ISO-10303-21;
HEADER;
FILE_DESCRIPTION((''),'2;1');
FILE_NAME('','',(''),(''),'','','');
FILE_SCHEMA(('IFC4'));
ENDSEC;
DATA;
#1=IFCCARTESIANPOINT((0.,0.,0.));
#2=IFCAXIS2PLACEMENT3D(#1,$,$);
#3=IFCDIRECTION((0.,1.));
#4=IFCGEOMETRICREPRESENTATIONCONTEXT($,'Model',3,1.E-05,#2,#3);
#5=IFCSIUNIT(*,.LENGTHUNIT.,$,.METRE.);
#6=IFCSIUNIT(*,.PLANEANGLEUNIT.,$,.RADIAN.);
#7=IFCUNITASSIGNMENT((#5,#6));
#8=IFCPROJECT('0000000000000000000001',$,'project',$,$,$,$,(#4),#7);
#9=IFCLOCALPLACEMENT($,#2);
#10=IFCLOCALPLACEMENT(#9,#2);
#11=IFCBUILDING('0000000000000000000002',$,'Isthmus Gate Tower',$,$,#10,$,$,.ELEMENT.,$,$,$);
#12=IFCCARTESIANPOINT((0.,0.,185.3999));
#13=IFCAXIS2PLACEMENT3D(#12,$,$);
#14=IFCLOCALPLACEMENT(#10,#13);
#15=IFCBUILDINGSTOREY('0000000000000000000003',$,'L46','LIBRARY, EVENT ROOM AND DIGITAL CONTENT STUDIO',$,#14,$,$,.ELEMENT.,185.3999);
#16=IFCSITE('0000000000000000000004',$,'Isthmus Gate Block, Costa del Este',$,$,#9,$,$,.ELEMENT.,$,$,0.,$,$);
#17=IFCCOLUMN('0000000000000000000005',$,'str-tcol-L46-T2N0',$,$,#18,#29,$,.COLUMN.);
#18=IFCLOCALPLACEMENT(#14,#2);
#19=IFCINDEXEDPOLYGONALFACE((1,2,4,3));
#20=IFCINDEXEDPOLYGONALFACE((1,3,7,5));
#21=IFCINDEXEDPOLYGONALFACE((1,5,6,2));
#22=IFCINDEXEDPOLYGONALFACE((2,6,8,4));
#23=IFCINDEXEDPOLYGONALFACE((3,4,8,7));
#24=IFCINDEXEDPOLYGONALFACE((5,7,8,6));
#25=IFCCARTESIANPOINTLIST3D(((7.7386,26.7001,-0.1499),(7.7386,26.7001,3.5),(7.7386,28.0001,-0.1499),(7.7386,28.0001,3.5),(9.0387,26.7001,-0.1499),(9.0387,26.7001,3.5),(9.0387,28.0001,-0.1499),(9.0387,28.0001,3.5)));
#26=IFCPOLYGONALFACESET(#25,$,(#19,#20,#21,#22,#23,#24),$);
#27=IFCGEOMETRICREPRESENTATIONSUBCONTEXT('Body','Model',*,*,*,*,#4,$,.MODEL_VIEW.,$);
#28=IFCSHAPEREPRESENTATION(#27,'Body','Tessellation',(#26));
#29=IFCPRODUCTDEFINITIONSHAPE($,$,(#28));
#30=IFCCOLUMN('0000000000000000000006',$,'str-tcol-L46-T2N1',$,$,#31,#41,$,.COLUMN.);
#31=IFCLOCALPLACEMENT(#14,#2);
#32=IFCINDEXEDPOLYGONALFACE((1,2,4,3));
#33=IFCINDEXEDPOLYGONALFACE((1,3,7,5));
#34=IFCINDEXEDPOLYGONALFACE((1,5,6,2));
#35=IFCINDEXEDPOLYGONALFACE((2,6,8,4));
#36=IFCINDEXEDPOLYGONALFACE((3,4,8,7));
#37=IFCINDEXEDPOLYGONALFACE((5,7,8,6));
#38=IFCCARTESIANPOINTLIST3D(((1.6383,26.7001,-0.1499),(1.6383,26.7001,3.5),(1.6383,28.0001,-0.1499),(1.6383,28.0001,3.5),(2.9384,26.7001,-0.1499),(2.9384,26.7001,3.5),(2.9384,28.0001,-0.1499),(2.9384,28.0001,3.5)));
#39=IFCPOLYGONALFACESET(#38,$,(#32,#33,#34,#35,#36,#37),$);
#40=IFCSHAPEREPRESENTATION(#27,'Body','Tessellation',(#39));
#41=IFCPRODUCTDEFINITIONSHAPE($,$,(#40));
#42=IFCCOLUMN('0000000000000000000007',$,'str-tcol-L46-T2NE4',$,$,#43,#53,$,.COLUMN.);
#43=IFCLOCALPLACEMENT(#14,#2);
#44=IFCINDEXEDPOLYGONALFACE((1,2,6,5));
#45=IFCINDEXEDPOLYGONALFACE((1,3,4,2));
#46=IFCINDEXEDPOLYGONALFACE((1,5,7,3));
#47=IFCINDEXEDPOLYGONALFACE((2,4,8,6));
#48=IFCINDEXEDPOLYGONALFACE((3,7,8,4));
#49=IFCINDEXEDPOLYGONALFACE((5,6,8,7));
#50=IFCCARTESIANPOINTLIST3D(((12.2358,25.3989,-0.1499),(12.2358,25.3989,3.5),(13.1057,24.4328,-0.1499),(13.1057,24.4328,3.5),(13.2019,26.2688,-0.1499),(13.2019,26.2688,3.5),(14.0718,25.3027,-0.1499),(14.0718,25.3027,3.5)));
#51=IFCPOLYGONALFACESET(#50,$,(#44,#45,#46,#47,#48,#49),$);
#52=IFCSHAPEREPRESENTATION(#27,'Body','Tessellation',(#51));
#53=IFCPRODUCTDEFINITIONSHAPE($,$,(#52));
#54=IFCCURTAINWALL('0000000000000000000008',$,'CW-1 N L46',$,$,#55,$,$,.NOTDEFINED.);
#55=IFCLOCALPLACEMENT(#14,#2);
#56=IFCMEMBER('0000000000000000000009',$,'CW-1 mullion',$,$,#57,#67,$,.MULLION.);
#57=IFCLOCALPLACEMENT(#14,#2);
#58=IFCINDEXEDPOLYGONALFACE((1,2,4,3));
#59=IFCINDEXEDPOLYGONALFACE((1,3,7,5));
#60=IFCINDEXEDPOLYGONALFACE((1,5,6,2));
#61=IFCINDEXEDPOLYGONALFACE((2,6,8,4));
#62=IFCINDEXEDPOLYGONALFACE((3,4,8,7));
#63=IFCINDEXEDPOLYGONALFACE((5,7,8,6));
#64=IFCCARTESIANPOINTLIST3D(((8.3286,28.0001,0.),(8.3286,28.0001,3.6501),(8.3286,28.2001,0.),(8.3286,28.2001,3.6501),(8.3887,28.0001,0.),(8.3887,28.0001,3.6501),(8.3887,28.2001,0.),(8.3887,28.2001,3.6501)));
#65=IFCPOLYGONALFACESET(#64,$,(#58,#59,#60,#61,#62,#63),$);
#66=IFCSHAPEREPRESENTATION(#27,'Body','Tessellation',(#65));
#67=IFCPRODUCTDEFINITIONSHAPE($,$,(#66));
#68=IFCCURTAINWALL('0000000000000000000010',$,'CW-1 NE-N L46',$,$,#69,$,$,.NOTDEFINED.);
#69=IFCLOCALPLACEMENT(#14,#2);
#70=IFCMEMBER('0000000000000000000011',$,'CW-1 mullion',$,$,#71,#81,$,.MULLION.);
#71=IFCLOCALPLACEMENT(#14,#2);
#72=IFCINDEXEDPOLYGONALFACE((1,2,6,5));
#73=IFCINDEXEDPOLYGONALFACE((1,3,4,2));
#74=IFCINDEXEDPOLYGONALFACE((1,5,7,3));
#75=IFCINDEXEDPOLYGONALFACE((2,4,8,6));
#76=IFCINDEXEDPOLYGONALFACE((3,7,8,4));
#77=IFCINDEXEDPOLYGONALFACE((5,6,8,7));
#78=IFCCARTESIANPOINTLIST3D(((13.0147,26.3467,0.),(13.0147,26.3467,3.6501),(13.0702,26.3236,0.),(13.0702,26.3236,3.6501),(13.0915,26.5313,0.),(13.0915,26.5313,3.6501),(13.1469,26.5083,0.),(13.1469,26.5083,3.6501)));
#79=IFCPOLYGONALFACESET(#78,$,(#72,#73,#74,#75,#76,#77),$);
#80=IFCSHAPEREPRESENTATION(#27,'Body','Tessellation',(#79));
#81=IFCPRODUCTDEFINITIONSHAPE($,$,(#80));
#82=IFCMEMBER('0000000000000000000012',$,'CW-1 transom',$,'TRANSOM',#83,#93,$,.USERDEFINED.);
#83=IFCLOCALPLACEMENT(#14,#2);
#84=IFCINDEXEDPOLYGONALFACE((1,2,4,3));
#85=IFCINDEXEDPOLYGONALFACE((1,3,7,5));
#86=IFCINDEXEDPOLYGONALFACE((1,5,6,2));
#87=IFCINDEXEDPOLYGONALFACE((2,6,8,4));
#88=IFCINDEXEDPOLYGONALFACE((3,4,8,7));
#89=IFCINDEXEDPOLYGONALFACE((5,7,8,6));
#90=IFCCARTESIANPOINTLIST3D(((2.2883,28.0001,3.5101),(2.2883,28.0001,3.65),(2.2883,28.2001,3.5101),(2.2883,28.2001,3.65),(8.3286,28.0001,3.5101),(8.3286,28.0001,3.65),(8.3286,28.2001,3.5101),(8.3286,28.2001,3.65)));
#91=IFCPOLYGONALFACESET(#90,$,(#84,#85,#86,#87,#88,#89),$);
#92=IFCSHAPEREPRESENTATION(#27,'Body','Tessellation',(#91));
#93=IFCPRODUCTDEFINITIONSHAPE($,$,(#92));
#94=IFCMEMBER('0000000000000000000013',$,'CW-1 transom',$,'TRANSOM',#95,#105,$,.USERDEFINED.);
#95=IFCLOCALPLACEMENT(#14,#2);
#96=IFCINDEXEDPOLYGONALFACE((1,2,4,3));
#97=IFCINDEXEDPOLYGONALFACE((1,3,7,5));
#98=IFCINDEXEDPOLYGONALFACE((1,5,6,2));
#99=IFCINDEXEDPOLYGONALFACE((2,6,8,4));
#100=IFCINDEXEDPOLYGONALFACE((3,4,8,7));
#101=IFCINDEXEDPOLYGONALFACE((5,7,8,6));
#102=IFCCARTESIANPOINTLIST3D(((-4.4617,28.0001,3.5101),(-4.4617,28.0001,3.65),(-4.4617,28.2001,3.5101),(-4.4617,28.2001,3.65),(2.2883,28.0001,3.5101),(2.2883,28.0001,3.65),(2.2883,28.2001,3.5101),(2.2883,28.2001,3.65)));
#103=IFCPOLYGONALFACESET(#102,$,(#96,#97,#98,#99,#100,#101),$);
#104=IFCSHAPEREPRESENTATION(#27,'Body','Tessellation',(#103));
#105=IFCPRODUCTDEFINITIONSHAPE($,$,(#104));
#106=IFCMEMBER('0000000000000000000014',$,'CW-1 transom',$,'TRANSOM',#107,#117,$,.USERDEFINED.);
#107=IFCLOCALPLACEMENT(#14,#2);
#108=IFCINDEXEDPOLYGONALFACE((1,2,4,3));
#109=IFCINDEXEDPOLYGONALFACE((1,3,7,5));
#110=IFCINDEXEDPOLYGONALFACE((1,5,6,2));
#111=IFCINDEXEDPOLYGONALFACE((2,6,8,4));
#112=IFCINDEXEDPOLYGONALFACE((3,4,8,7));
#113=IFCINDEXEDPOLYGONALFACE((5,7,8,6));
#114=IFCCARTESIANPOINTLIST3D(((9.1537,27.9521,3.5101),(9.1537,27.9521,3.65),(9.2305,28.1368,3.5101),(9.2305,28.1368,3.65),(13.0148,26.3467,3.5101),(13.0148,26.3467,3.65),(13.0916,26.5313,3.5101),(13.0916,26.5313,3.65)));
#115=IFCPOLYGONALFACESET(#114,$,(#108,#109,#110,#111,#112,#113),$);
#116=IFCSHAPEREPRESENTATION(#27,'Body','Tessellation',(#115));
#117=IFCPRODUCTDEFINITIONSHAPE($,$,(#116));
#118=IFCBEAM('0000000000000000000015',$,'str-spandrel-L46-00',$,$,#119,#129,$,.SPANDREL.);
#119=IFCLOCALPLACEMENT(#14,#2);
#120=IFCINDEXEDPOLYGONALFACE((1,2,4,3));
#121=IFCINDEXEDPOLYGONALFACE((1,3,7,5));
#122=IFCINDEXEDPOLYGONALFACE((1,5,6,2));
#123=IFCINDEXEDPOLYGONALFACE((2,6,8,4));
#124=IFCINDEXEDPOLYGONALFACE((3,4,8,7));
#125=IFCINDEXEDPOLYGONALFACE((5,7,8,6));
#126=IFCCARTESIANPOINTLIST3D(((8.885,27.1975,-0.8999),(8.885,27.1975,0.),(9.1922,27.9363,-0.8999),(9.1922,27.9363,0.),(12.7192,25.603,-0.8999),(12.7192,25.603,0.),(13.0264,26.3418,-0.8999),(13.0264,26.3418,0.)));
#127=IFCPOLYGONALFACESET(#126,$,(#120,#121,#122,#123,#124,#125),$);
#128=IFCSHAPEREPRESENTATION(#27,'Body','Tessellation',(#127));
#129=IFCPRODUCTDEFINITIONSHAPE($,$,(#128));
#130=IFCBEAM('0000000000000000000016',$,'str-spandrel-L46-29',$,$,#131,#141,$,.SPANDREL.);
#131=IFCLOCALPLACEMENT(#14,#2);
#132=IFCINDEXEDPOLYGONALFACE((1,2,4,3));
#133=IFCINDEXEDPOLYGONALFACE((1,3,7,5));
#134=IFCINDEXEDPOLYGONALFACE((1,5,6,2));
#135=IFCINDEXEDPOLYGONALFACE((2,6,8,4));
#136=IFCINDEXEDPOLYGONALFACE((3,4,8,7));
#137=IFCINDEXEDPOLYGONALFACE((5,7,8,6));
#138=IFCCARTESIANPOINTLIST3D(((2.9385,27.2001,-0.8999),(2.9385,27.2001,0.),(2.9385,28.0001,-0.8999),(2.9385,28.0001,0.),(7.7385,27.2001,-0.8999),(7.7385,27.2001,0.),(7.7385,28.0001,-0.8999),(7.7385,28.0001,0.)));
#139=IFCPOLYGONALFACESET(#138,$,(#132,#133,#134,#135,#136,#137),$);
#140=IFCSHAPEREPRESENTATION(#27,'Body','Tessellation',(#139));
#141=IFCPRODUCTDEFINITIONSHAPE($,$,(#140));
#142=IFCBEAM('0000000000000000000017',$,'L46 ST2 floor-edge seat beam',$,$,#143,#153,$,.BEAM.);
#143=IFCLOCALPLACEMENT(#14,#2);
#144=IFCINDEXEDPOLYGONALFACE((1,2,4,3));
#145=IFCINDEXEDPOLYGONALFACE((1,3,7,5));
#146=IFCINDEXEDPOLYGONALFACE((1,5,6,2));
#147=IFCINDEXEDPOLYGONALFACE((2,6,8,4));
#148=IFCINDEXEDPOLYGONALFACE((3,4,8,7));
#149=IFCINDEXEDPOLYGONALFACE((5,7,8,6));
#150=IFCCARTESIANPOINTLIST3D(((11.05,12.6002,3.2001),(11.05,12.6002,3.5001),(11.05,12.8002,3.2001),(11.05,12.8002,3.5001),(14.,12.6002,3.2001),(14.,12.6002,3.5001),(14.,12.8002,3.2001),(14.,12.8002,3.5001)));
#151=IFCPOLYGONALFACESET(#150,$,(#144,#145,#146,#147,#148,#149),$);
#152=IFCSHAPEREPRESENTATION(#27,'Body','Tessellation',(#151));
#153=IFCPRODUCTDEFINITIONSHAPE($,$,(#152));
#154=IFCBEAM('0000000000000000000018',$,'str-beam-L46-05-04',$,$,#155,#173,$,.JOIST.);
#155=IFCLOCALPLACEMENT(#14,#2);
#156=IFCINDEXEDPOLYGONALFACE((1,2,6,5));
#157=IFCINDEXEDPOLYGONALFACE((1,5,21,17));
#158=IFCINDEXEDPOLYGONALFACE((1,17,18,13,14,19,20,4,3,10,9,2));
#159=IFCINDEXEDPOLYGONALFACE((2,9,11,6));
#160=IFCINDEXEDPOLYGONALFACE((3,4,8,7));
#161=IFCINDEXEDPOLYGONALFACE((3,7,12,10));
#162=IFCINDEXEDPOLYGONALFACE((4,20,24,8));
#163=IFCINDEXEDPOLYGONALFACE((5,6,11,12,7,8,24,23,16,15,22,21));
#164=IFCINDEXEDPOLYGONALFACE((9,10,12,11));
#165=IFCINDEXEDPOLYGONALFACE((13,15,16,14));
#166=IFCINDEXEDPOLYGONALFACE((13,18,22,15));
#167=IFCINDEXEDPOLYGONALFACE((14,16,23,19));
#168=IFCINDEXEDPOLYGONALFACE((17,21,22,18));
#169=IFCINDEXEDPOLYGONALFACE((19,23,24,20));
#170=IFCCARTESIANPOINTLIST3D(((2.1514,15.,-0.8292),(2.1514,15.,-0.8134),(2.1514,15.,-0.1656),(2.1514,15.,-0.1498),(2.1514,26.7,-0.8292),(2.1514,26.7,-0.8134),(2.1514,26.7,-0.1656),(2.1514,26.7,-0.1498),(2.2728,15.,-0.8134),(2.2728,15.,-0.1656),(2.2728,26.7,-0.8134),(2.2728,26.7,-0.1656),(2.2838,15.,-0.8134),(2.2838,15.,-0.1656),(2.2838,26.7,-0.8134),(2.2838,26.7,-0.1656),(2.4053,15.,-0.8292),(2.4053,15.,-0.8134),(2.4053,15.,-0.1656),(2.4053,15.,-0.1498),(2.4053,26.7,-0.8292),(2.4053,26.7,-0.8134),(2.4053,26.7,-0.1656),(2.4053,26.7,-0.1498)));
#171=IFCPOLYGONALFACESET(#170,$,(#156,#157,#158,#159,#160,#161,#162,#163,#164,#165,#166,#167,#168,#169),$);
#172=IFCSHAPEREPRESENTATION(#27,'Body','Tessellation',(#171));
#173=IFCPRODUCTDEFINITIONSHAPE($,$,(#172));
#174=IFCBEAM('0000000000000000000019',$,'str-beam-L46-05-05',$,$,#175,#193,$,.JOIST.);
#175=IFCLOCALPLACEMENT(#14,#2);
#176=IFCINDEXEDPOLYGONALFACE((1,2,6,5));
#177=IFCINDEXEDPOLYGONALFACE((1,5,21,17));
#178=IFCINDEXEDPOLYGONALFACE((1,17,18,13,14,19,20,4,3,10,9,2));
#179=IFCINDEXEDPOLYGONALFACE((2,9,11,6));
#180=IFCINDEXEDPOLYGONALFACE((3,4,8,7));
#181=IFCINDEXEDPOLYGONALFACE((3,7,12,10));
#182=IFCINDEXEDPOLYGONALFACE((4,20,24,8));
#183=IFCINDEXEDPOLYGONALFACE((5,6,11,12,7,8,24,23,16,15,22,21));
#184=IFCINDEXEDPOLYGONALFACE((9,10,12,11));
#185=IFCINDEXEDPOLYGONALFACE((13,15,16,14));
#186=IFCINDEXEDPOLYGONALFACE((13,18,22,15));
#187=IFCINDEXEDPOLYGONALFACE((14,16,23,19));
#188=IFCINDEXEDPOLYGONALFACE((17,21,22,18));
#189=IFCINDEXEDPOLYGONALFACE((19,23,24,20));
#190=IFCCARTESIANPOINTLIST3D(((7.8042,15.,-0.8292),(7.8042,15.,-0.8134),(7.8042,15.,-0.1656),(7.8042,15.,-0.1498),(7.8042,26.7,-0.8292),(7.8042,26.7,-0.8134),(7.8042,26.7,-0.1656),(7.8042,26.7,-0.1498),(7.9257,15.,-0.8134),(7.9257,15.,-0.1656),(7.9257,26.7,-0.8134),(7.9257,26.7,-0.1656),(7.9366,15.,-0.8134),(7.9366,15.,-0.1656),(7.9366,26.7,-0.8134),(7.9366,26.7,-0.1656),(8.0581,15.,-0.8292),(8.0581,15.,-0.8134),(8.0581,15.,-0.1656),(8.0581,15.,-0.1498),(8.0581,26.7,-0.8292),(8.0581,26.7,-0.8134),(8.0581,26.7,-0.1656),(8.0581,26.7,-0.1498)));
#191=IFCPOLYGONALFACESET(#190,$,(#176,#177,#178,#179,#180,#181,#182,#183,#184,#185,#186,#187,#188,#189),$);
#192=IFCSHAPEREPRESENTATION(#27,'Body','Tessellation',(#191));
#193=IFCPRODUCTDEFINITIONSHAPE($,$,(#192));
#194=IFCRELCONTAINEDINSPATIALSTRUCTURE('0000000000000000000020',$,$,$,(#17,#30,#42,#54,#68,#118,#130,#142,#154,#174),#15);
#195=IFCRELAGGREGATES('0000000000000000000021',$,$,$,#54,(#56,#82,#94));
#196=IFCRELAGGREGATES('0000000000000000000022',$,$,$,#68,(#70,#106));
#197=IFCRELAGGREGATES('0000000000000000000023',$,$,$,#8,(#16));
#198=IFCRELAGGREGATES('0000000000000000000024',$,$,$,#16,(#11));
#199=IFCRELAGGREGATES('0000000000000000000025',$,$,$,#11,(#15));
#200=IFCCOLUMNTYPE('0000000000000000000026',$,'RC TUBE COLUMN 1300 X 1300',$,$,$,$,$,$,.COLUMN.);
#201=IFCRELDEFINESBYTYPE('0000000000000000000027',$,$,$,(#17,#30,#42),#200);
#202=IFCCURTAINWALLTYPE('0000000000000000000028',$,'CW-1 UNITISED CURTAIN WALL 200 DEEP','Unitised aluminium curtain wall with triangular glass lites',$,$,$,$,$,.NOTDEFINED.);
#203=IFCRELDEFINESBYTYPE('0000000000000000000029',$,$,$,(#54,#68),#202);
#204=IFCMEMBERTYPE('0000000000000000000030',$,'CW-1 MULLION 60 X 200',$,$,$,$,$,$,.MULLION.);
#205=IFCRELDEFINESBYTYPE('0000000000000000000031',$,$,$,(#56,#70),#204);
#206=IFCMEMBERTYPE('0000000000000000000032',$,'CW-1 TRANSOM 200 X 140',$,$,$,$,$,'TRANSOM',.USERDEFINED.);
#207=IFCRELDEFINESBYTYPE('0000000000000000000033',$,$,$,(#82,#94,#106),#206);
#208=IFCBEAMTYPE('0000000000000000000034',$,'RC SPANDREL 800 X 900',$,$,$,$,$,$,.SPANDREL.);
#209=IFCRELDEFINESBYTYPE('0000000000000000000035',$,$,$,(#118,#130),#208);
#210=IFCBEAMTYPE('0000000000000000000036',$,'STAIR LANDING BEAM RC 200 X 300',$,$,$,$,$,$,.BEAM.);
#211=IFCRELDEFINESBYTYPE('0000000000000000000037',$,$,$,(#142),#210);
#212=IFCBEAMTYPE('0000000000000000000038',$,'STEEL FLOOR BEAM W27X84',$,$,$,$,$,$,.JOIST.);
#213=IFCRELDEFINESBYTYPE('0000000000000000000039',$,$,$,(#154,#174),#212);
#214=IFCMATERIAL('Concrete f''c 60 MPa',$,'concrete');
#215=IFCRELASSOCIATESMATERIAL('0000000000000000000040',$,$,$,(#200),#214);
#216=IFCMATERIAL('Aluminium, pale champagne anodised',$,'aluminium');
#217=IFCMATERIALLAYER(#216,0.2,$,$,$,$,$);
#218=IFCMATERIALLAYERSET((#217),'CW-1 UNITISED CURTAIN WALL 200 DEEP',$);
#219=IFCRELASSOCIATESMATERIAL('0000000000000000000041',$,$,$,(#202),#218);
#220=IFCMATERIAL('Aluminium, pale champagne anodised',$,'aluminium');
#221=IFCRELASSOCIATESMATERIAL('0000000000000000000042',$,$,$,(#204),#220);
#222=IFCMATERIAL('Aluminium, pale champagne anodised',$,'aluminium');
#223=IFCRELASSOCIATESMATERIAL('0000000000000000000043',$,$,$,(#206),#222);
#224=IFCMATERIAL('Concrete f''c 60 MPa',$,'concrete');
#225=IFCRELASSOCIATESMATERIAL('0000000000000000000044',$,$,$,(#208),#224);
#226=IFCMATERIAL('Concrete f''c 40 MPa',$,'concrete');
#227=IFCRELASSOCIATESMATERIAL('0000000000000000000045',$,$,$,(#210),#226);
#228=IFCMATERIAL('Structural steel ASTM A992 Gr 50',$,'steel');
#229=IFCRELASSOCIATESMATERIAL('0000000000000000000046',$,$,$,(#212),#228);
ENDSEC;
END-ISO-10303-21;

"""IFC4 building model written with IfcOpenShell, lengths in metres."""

from ifc_helpers import new_model, si_unit, direction, frame, origin, origin_2d, place, context, subcontext, project, spatial, rectangle, i_section, extrude, material, layer, layer_set, material_profile, profile_set, type_object, element, aggregate, save


model = new_model("IFC4")

# Units and contexts
model_context = context("Model", 3, precision=1e-05, world=origin(), true_north=direction((0.0, 1.0)))
body_context = subcontext(model_context, "Body", "Model", "MODEL_VIEW")
ifc_project = project(units=[si_unit("LENGTHUNIT", "METRE"), si_unit("PLANEANGLEUNIT", "RADIAN")], contexts=[model_context])

# Site, building, storey
site_placement = place(None, origin())
site = spatial("IfcSite", under=ifc_project, at=site_placement, Name="Isthmus Gate Block, Costa del Este", CompositionType="ELEMENT", RefElevation=0.0)
building_placement = place(site_placement, origin())
building = spatial("IfcBuilding", under=site, at=building_placement, Name="Isthmus Gate Tower", CompositionType="ELEMENT")
storey_placement = place(building_placement, frame((0.0, 0.0, 185.3999)))
storey = spatial("IfcBuildingStorey", under=building, at=storey_placement, Name="L46", Description="LIBRARY, EVENT ROOM AND DIGITAL CONTENT STUDIO", CompositionType="ELEMENT", Elevation=185.3999)

# Columns
ifc_material_1 = material(Name="Concrete f'c 60 MPa", Category="concrete")
ifc_material_profile_1 = material_profile(ifc_material_1, rectangle(XDim=1.3, YDim=1.3, at=origin_2d()), Name="RC 1300X1300")
ifc_profile_set_1 = profile_set([ifc_material_profile_1], Name="Concrete f'c 60 MPa")
column_type = type_object("IfcColumnType", Name="RC TUBE COLUMN 1300 X 1300", PredefinedType="COLUMN", material=ifc_profile_set_1)
for number, where, z_axis, x_axis, name in (
    (1, (8.3887, 27.3501, -0.1499), (0.0, 0.0, 1.0), (-1.0, 0.0, 0.0), "str-tcol-L46-T2N0"),
    (2, (2.2883, 27.3501, -0.1499), (0.0, 0.0, 1.0), (-1.0, 0.0, 0.0), "str-tcol-L46-T2N1"),
    (3, (13.1538, 25.3508, -0.1499), (0.0, 0.0, 1.0), (-0.669131, 0.743145, 0.0), "str-tcol-L46-T2NE4"),
):
    element("IfcColumn", number, at=place(storey_placement, frame(where, z_axis=z_axis, x_axis=x_axis)), inside=storey, type_object=column_type, Name=name, PredefinedType="COLUMN", context=body_context, shape_type="SweptSolid", body=[
        extrude(rectangle(XDim=1.3, YDim=1.3, at=origin_2d()), origin(), (0.0, 0.0, 1.0), 3.6499),
    ])

# Curtain walls, members
ifc_material_2 = material(Name="Aluminium, pale champagne anodised", Category="aluminium")
ifc_layer_1 = layer(ifc_material_2, 0.2)
ifc_layer_set_1 = layer_set([ifc_layer_1], Name="CW-1 UNITISED CURTAIN WALL 200 DEEP")
curtain_wall_type = type_object("IfcCurtainWallType", Name="CW-1 UNITISED CURTAIN WALL 200 DEEP", Description="Unitised aluminium curtain wall with triangular glass lites", PredefinedType="NOTDEFINED", material=ifc_layer_set_1)
curtain_wall_1_placement = place(storey_placement, origin())
curtain_wall_1 = element("IfcCurtainWall", 4, at=curtain_wall_1_placement, inside=storey, type_object=curtain_wall_type, Name="CW-1 N L46", PredefinedType="NOTDEFINED")
ifc_material_3 = material(Name="Aluminium, pale champagne anodised", Category="aluminium")
ifc_material_profile_2 = material_profile(ifc_material_3, rectangle(XDim=0.0601, YDim=0.2, at=origin_2d()), Name="60x200")
ifc_profile_set_2 = profile_set([ifc_material_profile_2], Name="Aluminium, pale champagne anodised")
member_type_1 = type_object("IfcMemberType", Name="CW-1 MULLION 60 X 200", PredefinedType="MULLION", material=ifc_profile_set_2)
member_1_placement = place(storey_placement, frame((8.3586, 28.1001, 0.0), z_axis=(0.0, 0.0, 1.0), x_axis=(-1.0, 0.0, 0.0)))
member_1 = element("IfcMember", 5, at=member_1_placement, type_object=member_type_1, Name="CW-1 mullion", PredefinedType="MULLION", context=body_context, shape_type="SweptSolid", body=[
    extrude(rectangle(XDim=0.0601, YDim=0.2, at=origin_2d()), origin(), (0.0, 0.0, 1.0), 3.6501),
])
curtain_wall_2_placement = place(storey_placement, origin())
curtain_wall_2 = element("IfcCurtainWall", 6, at=curtain_wall_2_placement, inside=storey, type_object=curtain_wall_type, Name="CW-1 NE-N L46", PredefinedType="NOTDEFINED")
member_2_placement = place(storey_placement, frame((13.0808, 26.4275, 0.0), z_axis=(0.0, 0.0, 1.0), x_axis=(-0.923353, 0.383952, 0.0)))
member_2 = element("IfcMember", 7, at=member_2_placement, type_object=member_type_1, Name="CW-1 mullion", PredefinedType="MULLION", context=body_context, shape_type="SweptSolid", body=[
    extrude(rectangle(XDim=0.0601, YDim=0.2, at=origin_2d()), origin(), (0.0, 0.0, 1.0), 3.6501),
])

# Members
ifc_material_4 = material(Name="Aluminium, pale champagne anodised", Category="aluminium")
ifc_material_profile_3 = material_profile(ifc_material_4, rectangle(XDim=0.2, YDim=0.1399, at=origin_2d()), Name="200x140")
ifc_profile_set_3 = profile_set([ifc_material_profile_3], Name="Aluminium, pale champagne anodised")
member_type_2 = type_object("IfcMemberType", Name="CW-1 TRANSOM 200 X 140", ElementType="TRANSOM", PredefinedType="USERDEFINED", material=ifc_profile_set_3)
member_3_placement = place(storey_placement, frame((8.3286, 28.1001, 3.5801), z_axis=(-1.0, 0.0, 0.0), x_axis=(0.0, -1.0, 0.0)))
member_3 = element("IfcMember", 8, at=member_3_placement, type_object=member_type_2, Name="CW-1 transom", ObjectType="TRANSOM", PredefinedType="USERDEFINED", context=body_context, shape_type="SweptSolid", body=[
    extrude(rectangle(XDim=0.2, YDim=0.1399, at=origin_2d()), origin(), (0.0, 0.0, 1.0), 6.0403),
])
member_4_placement = place(storey_placement, frame((2.2883, 28.1001, 3.5801), z_axis=(-1.0, 0.0, 0.0), x_axis=(0.0, -1.0, 0.0)))
member_4 = element("IfcMember", 9, at=member_4_placement, type_object=member_type_2, Name="CW-1 transom", ObjectType="TRANSOM", PredefinedType="USERDEFINED", context=body_context, shape_type="SweptSolid", body=[
    extrude(rectangle(XDim=0.2, YDim=0.1399, at=origin_2d()), origin(), (0.0, 0.0, 1.0), 6.75),
])
member_5_placement = place(storey_placement, frame((13.0532, 26.439, 3.5801), z_axis=(-0.923358, 0.38394, 0.0), x_axis=(-0.38394, -0.923358, 0.0)))
member_5 = element("IfcMember", 10, at=member_5_placement, type_object=member_type_2, Name="CW-1 transom", ObjectType="TRANSOM", PredefinedType="USERDEFINED", context=body_context, shape_type="SweptSolid", body=[
    extrude(rectangle(XDim=0.2, YDim=0.1399, at=origin_2d()), origin(), (0.0, 0.0, 1.0), 4.1816),
])

# Beams
ifc_material_5 = material(Name="Concrete f'c 60 MPa", Category="concrete")
ifc_material_profile_4 = material_profile(ifc_material_5, rectangle(XDim=0.8, YDim=0.8999, at=origin_2d()), Name="RC 800X900")
ifc_profile_set_4 = profile_set([ifc_material_profile_4], Name="Concrete f'c 60 MPa")
beam_type_1 = type_object("IfcBeamType", Name="RC SPANDREL 800 X 900", PredefinedType="SPANDREL", material=ifc_profile_set_4)
beam_1_placement = place(storey_placement, frame((9.0386, 27.5669, -0.45), z_axis=(0.923343, -0.383977, 0.0), x_axis=(0.383977, 0.923343, 0.0)))
element("IfcBeam", 11, at=beam_1_placement, inside=storey, type_object=beam_type_1, Name="str-spandrel-L46-00", PredefinedType="SPANDREL", context=body_context, shape_type="SweptSolid", body=[
    extrude(rectangle(XDim=0.8, YDim=0.8999, at=origin_2d()), origin(), (0.0, 0.0, 1.0), 4.1526),
])
beam_2_placement = place(storey_placement, frame((2.9385, 27.6001, -0.45), z_axis=(1.0, 0.0, 0.0), x_axis=(0.0, 1.0, 0.0)))
element("IfcBeam", 12, at=beam_2_placement, inside=storey, type_object=beam_type_1, Name="str-spandrel-L46-29", PredefinedType="SPANDREL", context=body_context, shape_type="SweptSolid", body=[
    extrude(rectangle(XDim=0.8, YDim=0.8999, at=origin_2d()), origin(), (0.0, 0.0, 1.0), 4.8),
])
ifc_material_6 = material(Name="Concrete f'c 40 MPa", Category="concrete")
ifc_material_profile_5 = material_profile(ifc_material_6, rectangle(XDim=0.2, YDim=0.3, at=origin_2d()), Name="STAIR LANDING BEAM RC 200 X 300")
ifc_profile_set_5 = profile_set([ifc_material_profile_5], Name="Concrete f'c 40 MPa")
beam_type_2 = type_object("IfcBeamType", Name="STAIR LANDING BEAM RC 200 X 300", PredefinedType="BEAM", material=ifc_profile_set_5)
beam_3_placement = place(storey_placement, frame((11.05, 12.7002, 3.3501), z_axis=(1.0, 0.0, 0.0), x_axis=(0.0, 1.0, 0.0)))
element("IfcBeam", 13, at=beam_3_placement, inside=storey, type_object=beam_type_2, Name="L46 ST2 floor-edge seat beam", PredefinedType="BEAM", context=body_context, shape_type="SweptSolid", body=[
    extrude(rectangle(XDim=0.2, YDim=0.3, at=origin_2d()), origin(), (0.0, 0.0, 1.0), 2.95),
])
ifc_material_7 = material(Name="Structural steel ASTM A992 Gr 50", Category="steel")
ifc_material_profile_6 = material_profile(ifc_material_7, i_section(OverallWidth=0.2539, OverallDepth=0.6794, WebThickness=0.011, FlangeThickness=0.0159, at=origin_2d()), Name="W27X84")
ifc_profile_set_6 = profile_set([ifc_material_profile_6], Name="Structural steel ASTM A992 Gr 50")
beam_type_3 = type_object("IfcBeamType", Name="STEEL FLOOR BEAM W27X84", PredefinedType="JOIST", material=ifc_profile_set_6)
for number, where, z_axis, x_axis, name in (
    (14, (2.2783, 15.0, -0.4895), (0.0, 1.0, 0.0), (-1.0, 0.0, 0.0), "str-beam-L46-05-04"),
    (15, (7.9312, 15.0, -0.4895), (0.0, 1.0, 0.0), (-1.0, 0.0, 0.0), "str-beam-L46-05-05"),
):
    element("IfcBeam", number, at=place(storey_placement, frame(where, z_axis=z_axis, x_axis=x_axis)), inside=storey, type_object=beam_type_3, Name=name, PredefinedType="JOIST", context=body_context, shape_type="SweptSolid", body=[
        extrude(i_section(OverallWidth=0.2539, OverallDepth=0.6794, WebThickness=0.011, FlangeThickness=0.0159, at=origin_2d()), origin(), (0.0, 0.0, 1.0), 11.7),
    ])

aggregate(curtain_wall_1, [member_1, member_3, member_4])
aggregate(curtain_wall_2, [member_2, member_5])

save(model, "model.ifc")
